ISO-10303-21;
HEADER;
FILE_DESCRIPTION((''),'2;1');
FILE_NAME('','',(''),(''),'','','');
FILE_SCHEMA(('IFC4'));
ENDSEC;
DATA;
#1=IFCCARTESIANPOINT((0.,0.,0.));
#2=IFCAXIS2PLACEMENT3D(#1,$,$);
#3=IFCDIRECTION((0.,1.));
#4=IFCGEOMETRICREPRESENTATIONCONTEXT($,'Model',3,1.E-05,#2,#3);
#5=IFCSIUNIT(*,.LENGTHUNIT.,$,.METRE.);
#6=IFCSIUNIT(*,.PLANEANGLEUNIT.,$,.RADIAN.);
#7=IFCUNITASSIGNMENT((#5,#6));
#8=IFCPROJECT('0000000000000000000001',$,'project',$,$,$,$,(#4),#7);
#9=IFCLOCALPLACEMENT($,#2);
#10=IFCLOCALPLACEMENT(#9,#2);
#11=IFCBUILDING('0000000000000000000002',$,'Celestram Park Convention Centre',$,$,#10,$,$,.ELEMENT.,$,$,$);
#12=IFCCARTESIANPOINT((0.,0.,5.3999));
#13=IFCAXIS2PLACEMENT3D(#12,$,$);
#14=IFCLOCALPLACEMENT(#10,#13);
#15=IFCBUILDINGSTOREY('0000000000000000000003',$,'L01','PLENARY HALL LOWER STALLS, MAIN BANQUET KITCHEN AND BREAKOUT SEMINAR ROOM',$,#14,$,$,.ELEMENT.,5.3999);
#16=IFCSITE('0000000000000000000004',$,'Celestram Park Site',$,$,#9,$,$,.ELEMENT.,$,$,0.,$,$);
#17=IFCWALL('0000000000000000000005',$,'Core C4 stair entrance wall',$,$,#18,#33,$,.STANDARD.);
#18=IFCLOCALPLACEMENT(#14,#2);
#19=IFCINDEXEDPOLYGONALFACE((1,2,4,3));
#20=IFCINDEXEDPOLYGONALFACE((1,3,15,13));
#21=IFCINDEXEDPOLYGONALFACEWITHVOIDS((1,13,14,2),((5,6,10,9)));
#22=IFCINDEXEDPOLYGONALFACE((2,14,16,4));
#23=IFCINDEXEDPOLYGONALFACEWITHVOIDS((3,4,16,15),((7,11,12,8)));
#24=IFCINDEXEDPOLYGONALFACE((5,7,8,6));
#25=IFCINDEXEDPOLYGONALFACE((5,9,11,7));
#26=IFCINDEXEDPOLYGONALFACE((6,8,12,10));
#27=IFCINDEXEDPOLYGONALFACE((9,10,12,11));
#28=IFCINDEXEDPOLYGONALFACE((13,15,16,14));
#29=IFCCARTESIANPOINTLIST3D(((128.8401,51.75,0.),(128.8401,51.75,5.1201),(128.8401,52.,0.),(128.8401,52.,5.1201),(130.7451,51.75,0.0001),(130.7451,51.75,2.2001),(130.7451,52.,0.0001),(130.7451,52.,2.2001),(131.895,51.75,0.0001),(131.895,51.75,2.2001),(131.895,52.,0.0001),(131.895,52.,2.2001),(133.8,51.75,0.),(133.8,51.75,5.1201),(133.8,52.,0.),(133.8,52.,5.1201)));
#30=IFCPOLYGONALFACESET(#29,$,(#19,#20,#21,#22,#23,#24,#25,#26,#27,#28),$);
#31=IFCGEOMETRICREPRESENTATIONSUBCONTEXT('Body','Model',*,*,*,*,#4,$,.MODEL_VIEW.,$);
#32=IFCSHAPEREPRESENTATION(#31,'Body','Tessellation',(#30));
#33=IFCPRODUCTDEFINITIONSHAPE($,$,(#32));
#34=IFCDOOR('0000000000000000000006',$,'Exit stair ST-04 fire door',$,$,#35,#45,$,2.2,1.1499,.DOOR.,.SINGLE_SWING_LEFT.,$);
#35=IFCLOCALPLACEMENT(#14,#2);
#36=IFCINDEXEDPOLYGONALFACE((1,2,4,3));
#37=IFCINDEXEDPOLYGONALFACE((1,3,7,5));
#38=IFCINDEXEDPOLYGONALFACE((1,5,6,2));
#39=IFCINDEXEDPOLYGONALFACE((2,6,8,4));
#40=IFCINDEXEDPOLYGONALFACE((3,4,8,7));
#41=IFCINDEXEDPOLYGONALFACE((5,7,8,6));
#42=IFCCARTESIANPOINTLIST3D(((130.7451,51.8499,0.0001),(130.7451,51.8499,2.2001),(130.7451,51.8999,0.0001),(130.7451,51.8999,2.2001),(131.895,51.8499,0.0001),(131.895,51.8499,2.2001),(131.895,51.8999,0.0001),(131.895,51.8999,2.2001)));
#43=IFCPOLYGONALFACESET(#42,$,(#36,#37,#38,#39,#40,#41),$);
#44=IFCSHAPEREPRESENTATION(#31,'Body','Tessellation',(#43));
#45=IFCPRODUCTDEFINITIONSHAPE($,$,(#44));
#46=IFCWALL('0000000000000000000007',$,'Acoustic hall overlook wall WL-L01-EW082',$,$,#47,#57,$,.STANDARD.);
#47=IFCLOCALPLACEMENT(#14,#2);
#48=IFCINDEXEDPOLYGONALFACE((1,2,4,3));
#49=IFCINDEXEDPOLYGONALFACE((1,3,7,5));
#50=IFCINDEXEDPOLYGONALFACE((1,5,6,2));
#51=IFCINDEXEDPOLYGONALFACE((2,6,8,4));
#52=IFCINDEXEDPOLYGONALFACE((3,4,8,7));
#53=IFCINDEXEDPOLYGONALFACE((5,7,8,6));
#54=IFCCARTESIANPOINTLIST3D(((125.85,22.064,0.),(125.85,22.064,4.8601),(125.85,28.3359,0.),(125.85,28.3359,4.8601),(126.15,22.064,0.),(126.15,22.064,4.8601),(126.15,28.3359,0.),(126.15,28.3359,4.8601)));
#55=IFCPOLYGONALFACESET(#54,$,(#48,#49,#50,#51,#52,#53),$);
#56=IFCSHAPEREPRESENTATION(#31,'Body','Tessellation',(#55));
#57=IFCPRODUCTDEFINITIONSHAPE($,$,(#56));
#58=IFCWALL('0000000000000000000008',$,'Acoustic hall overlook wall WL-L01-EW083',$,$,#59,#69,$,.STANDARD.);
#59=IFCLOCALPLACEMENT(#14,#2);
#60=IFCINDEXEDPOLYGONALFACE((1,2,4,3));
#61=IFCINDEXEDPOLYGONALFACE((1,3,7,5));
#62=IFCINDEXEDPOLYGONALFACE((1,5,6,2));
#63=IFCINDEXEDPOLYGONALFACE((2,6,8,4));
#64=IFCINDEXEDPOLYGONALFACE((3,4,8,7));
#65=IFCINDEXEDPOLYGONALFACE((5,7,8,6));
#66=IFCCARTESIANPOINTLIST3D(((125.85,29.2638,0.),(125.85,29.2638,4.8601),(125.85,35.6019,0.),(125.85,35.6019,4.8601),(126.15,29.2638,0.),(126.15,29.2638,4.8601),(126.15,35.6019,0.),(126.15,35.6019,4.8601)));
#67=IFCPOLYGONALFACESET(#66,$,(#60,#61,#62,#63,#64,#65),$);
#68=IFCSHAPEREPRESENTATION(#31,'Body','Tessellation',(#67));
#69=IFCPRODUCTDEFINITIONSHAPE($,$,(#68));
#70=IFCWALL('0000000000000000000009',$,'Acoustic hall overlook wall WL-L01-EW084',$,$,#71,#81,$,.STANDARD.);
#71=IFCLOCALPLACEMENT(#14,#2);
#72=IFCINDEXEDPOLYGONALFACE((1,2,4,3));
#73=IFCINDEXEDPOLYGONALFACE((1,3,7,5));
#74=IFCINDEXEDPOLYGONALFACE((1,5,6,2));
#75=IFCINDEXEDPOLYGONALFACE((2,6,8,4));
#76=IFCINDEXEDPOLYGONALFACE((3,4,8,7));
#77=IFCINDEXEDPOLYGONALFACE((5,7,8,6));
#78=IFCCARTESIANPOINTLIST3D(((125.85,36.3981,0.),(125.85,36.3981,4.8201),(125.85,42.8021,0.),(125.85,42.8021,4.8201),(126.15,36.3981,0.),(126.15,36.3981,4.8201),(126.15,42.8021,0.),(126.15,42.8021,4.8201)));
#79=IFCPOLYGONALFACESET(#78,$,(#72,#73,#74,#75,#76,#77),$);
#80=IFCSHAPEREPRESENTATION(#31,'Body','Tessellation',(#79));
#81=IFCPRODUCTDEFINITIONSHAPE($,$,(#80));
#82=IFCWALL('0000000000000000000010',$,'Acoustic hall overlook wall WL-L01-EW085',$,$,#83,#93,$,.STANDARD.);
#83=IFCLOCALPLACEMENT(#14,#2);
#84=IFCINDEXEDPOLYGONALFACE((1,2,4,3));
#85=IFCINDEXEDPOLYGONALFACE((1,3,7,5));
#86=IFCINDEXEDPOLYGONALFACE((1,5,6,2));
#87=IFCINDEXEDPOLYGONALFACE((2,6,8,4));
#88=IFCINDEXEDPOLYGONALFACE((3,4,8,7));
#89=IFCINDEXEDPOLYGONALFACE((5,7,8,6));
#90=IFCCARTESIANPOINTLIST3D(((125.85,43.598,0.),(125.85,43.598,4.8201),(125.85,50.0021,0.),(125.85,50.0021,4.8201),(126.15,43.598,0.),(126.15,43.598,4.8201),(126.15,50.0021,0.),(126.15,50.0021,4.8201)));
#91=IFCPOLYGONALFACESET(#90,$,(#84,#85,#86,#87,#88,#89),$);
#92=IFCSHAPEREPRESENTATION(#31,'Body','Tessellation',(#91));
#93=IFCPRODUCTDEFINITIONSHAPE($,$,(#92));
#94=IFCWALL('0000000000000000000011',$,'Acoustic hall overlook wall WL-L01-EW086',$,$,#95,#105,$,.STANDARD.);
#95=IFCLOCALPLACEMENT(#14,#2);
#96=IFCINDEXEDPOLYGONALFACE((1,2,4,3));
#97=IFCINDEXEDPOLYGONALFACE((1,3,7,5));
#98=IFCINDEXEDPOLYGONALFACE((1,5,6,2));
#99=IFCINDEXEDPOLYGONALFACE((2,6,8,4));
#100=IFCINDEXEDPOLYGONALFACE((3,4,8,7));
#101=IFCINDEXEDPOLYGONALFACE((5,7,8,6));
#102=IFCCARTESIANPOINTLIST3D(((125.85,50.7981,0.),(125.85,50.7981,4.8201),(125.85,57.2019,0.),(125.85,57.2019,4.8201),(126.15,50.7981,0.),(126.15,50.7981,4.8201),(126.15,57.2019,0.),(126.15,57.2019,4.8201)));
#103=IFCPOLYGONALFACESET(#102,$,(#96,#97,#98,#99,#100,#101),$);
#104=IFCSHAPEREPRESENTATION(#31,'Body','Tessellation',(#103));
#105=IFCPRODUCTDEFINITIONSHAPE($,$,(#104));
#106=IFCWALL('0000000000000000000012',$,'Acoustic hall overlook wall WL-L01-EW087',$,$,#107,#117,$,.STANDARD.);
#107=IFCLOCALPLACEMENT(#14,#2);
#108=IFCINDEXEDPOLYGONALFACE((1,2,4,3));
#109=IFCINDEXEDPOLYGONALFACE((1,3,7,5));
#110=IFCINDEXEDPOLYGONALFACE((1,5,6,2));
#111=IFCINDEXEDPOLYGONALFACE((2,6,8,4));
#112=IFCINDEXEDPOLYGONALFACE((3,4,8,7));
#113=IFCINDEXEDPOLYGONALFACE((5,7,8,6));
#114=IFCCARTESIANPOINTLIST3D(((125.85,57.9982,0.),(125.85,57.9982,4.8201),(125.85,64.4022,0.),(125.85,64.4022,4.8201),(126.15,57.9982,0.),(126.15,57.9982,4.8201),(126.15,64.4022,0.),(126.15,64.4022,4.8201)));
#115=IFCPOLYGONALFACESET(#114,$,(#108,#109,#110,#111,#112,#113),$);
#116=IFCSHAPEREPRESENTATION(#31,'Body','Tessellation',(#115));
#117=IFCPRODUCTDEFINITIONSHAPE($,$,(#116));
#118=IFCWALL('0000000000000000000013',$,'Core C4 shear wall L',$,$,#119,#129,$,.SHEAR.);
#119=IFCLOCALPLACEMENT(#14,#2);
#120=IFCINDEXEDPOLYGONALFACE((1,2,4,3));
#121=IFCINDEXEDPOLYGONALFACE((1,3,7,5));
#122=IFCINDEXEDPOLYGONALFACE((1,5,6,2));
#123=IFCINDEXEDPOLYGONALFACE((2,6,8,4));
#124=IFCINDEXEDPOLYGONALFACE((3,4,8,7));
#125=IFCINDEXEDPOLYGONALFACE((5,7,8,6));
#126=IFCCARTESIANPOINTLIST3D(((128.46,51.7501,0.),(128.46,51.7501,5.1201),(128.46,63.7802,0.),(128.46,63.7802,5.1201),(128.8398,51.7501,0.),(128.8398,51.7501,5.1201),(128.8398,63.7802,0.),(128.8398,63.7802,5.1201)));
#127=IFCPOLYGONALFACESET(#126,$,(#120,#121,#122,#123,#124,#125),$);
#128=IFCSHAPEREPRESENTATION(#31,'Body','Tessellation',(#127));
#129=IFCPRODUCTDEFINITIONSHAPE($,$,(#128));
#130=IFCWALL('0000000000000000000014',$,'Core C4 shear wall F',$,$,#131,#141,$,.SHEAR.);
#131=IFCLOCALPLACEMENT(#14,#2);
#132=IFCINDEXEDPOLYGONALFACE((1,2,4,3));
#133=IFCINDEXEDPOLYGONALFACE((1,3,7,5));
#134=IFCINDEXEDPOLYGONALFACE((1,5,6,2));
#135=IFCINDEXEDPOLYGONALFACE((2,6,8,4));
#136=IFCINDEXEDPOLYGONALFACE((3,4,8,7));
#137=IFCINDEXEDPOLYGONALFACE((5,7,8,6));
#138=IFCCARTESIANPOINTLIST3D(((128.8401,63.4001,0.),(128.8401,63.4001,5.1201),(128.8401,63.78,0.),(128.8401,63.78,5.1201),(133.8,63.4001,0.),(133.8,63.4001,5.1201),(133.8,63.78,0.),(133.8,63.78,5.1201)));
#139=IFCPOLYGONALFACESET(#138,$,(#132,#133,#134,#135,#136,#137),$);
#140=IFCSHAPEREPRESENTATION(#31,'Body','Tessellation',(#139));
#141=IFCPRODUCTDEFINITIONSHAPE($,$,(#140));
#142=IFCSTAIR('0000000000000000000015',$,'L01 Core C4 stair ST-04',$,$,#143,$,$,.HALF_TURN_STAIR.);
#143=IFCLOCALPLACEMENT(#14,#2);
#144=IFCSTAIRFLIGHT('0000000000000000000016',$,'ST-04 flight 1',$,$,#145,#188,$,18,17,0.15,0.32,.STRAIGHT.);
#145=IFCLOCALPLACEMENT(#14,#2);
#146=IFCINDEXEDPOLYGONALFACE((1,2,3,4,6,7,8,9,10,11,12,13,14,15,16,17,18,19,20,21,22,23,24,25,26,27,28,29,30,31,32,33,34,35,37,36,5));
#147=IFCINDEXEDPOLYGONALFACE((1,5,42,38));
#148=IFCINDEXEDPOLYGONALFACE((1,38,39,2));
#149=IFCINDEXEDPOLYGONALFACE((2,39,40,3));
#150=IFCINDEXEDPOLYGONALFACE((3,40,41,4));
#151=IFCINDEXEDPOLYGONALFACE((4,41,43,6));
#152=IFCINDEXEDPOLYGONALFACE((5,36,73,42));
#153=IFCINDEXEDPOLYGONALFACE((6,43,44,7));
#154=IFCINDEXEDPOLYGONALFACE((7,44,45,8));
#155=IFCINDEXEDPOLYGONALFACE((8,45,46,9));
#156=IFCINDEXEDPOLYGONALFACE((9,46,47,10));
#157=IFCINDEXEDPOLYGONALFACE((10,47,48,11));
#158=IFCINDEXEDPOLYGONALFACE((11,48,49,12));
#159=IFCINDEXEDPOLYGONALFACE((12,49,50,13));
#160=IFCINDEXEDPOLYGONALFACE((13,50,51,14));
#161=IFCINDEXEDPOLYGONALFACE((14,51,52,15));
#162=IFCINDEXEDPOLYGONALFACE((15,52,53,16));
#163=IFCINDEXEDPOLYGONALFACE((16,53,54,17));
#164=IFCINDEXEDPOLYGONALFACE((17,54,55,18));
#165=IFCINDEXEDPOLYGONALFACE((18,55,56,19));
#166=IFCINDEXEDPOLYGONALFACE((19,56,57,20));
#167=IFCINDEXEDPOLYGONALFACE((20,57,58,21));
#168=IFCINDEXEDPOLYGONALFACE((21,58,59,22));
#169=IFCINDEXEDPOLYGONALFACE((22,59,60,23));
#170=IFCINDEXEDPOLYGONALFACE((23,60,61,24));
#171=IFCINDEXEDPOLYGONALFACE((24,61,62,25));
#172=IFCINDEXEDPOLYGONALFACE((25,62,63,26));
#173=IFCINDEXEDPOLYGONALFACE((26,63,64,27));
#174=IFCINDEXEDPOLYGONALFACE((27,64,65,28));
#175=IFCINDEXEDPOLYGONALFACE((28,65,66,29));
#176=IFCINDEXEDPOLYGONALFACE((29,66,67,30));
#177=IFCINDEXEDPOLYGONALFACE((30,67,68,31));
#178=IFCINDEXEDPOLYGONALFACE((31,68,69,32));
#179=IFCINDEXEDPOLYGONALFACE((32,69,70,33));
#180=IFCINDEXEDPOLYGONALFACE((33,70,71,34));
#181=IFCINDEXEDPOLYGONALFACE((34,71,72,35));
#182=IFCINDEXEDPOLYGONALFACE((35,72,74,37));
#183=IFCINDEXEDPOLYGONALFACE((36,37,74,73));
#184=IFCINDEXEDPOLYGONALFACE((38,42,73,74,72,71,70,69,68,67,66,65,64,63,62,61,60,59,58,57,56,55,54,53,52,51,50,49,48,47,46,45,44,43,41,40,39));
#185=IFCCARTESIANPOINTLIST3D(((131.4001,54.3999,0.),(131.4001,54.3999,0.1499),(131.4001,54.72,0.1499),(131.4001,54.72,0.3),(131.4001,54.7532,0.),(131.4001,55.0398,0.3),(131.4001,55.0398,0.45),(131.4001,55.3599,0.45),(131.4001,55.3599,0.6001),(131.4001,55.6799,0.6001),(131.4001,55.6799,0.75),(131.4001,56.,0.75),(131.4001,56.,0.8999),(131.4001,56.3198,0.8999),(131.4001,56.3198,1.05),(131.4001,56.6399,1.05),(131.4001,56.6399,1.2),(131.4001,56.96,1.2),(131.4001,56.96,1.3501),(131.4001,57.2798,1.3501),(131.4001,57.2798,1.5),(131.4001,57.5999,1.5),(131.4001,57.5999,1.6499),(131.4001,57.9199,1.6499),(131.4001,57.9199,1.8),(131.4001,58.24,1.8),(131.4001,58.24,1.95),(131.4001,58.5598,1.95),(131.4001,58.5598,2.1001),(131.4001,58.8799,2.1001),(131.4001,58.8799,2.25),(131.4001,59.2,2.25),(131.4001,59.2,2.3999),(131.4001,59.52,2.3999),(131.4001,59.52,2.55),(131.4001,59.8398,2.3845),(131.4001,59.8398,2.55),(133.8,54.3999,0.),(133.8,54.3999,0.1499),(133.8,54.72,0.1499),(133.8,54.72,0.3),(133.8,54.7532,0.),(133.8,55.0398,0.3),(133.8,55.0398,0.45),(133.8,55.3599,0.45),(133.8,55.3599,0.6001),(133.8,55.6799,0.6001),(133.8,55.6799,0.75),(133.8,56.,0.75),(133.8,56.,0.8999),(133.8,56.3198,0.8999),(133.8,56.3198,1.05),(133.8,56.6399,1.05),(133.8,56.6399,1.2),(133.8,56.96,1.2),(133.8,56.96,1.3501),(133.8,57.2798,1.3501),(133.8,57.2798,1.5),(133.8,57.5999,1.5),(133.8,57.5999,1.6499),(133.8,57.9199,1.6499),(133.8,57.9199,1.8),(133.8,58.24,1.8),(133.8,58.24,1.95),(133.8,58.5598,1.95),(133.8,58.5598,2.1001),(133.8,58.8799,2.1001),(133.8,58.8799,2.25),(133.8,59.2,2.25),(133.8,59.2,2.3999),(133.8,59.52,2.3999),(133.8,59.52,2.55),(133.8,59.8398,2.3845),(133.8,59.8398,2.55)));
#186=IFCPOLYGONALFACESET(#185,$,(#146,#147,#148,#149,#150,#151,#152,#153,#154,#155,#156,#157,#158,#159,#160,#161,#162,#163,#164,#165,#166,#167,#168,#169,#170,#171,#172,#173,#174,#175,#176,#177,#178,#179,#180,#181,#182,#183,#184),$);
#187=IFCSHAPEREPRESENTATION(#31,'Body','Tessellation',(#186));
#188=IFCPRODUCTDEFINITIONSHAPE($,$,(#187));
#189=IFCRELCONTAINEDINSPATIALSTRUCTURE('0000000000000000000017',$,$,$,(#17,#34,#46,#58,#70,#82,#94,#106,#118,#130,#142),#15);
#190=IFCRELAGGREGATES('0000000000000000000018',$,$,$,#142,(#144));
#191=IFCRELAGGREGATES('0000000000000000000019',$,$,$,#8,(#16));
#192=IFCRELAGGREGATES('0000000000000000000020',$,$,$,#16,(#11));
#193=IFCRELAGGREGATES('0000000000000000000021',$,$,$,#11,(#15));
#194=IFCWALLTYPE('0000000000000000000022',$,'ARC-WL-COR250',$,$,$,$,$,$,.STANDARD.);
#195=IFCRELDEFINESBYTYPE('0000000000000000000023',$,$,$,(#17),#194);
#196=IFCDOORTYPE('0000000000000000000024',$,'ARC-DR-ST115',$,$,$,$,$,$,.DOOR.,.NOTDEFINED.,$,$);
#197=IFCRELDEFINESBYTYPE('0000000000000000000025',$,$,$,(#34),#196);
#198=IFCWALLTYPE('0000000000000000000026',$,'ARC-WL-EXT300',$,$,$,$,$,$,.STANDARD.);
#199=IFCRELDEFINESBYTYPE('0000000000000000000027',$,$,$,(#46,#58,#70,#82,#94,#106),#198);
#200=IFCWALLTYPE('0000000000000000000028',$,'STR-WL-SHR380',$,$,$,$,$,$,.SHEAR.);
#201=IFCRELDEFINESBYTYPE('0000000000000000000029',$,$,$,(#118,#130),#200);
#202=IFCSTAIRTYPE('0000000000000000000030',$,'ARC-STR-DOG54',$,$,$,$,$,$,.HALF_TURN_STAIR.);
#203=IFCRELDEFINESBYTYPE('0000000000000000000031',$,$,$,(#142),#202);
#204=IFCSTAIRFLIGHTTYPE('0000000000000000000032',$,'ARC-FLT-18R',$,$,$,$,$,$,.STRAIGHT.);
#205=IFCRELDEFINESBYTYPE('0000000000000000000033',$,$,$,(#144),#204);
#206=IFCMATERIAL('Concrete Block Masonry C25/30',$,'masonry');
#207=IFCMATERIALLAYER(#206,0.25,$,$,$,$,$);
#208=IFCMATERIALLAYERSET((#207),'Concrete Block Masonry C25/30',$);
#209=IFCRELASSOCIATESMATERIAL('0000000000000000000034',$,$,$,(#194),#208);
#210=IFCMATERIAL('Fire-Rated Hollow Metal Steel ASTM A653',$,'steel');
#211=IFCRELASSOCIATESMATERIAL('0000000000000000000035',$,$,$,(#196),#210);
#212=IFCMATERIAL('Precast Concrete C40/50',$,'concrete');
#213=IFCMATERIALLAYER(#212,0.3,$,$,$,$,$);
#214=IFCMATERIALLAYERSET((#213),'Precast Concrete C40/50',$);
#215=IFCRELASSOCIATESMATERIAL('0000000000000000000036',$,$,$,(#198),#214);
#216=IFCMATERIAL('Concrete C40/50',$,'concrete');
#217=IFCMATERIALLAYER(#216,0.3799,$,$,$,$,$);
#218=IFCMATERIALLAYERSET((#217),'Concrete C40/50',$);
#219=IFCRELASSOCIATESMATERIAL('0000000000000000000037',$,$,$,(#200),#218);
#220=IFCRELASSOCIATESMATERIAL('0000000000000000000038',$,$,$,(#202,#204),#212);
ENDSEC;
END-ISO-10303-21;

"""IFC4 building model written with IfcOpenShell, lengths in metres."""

from ifc_helpers import new_model, si_unit, direction, frame, frame_2d, origin, place, context, subcontext, project, spatial, polyline, rectangle, outline, extrude, material, layer, layer_set, type_object, element, fill, aggregate, save


model = new_model("IFC4")

# Units and contexts
model_context = context("Model", 3, precision=1e-05, world=origin(), true_north=direction((0.0, 1.0)))
body_context = subcontext(model_context, "Body", "Model", "MODEL_VIEW")
ifc_project = project(units=[si_unit("LENGTHUNIT", "METRE"), si_unit("PLANEANGLEUNIT", "RADIAN")], contexts=[model_context])

# Site, building, storey
site_placement = place(None, origin())
site = spatial("IfcSite", under=ifc_project, at=site_placement, Name="Celestram Park Site", CompositionType="ELEMENT", RefElevation=0.0)
building_placement = place(site_placement, origin())
building = spatial("IfcBuilding", under=site, at=building_placement, Name="Celestram Park Convention Centre", CompositionType="ELEMENT")
storey_placement = place(building_placement, frame((0.0, 0.0, 5.3999)))
storey = spatial("IfcBuildingStorey", under=building, at=storey_placement, Name="L01", Description="PLENARY HALL LOWER STALLS, MAIN BANQUET KITCHEN AND BREAKOUT SEMINAR ROOM", CompositionType="ELEMENT", Elevation=5.3999)

# Shared definitions
ifc_material_1 = material(Name="Concrete C40/50", Category="concrete")

# Wall, opening, door
ifc_material_2 = material(Name="Concrete Block Masonry C25/30", Category="masonry")
ifc_layer_1 = layer(ifc_material_2, 0.25)
ifc_layer_set_1 = layer_set([ifc_layer_1], Name="Concrete Block Masonry C25/30")
wall_type_1 = type_object("IfcWallType", Name="ARC-WL-COR250", PredefinedType="STANDARD", material=ifc_layer_set_1)
wall_1_placement = place(storey_placement, frame((128.8401, 51.875, 0.0), z_axis=(0.0, 0.0, 1.0), x_axis=(1.0, 0.0, 0.0)))
wall_1 = element("IfcWall", 1, at=wall_1_placement, inside=storey, type_object=wall_type_1, Name="Core C4 stair entrance wall", PredefinedType="STANDARD", context=body_context, shape_type="SweptSolid", body=[
    extrude(rectangle(XDim=4.96, YDim=0.25, at=frame_2d((2.48, 0.0))), origin(), (0.0, 0.0, 1.0), 5.1201),
])
opening_placement = place(wall_1_placement, frame((1.905, 0.0, 0.0)))
opening = element("IfcOpeningElement", 2, at=opening_placement, cuts=wall_1, PredefinedType="OPENING", context=body_context, shape_type="SweptSolid", body=[
    extrude(rectangle(XDim=1.1499, YDim=2.2, at=frame_2d((0.575, 1.1001))), frame((0.0, 0.135, 0.0), z_axis=(0.0, -1.0, 0.0), x_axis=(1.0, 0.0, 0.0)), (0.0, 0.0, 1.0), 0.27),
])
ifc_material_3 = material(Name="Fire-Rated Hollow Metal Steel ASTM A653", Category="steel")
door_type = type_object("IfcDoorType", Name="ARC-DR-ST115", OperationType="NOTDEFINED", PredefinedType="DOOR", material=ifc_material_3)
door_placement = place(opening_placement, origin())
door = element("IfcDoor", 3, at=door_placement, inside=storey, type_object=door_type, Name="Exit stair ST-04 fire door", OperationType="SINGLE_SWING_LEFT", OverallHeight=2.2, OverallWidth=1.1499, PredefinedType="DOOR", context=body_context, shape_type="SweptSolid", body=[
    extrude(rectangle(XDim=1.1499, YDim=2.2, at=frame_2d((0.575, 1.1001))), frame((0.0, 0.0249, 0.0), z_axis=(0.0, -1.0, 0.0), x_axis=(1.0, 0.0, 0.0)), (0.0, 0.0, 1.0), 0.05),
])
fill(opening, door)

# Walls
ifc_material_4 = material(Name="Precast Concrete C40/50", Category="concrete")
ifc_layer_2 = layer(ifc_material_4, 0.3)
ifc_layer_set_2 = layer_set([ifc_layer_2], Name="Precast Concrete C40/50")
wall_type_2 = type_object("IfcWallType", Name="ARC-WL-EXT300", PredefinedType="STANDARD", material=ifc_layer_set_2)
wall_2_placement = place(storey_placement, frame((126.0, 22.064, 0.0), z_axis=(0.0, 0.0, 1.0), x_axis=(0.0, 1.0, 0.0)))
element("IfcWall", 4, at=wall_2_placement, inside=storey, type_object=wall_type_2, Name="Acoustic hall overlook wall WL-L01-EW082", PredefinedType="STANDARD", context=body_context, shape_type="SweptSolid", body=[
    extrude(rectangle(XDim=6.272, YDim=0.3, at=frame_2d((3.136, 0.0))), origin(), (0.0, 0.0, 1.0), 4.8601),
])
wall_3_placement = place(storey_placement, frame((126.0, 29.2639, 0.0), z_axis=(0.0, 0.0, 1.0), x_axis=(0.0, 1.0, 0.0)))
element("IfcWall", 5, at=wall_3_placement, inside=storey, type_object=wall_type_2, Name="Acoustic hall overlook wall WL-L01-EW083", PredefinedType="STANDARD", context=body_context, shape_type="SweptSolid", body=[
    extrude(rectangle(XDim=6.3381, YDim=0.3, at=frame_2d((3.1689, 0.0))), origin(), (0.0, 0.0, 1.0), 4.8601),
])
for number, where, z_axis, x_axis, name in (
    (6, (126.0, 36.3979, 0.0), (0.0, 0.0, 1.0), (0.0, 1.0, 0.0), "Acoustic hall overlook wall WL-L01-EW084"),
    (7, (126.0, 43.5979, 0.0), (0.0, 0.0, 1.0), (0.0, 1.0, 0.0), "Acoustic hall overlook wall WL-L01-EW085"),
):
    element("IfcWall", number, at=place(storey_placement, frame(where, z_axis=z_axis, x_axis=x_axis)), inside=storey, type_object=wall_type_2, Name=name, PredefinedType="STANDARD", context=body_context, shape_type="SweptSolid", body=[
        extrude(rectangle(XDim=6.4041, YDim=0.3, at=frame_2d((3.2021, 0.0))), origin(), (0.0, 0.0, 1.0), 4.8201),
    ])
wall_4_placement = place(storey_placement, frame((126.0, 50.7981, 0.0), z_axis=(0.0, 0.0, 1.0), x_axis=(0.0, 1.0, 0.0)))
element("IfcWall", 8, at=wall_4_placement, inside=storey, type_object=wall_type_2, Name="Acoustic hall overlook wall WL-L01-EW086", PredefinedType="STANDARD", context=body_context, shape_type="SweptSolid", body=[
    extrude(rectangle(XDim=6.4038, YDim=0.3, at=frame_2d((3.2019, 0.0))), origin(), (0.0, 0.0, 1.0), 4.8201),
])
wall_5_placement = place(storey_placement, frame((126.0, 57.998, 0.0), z_axis=(0.0, 0.0, 1.0), x_axis=(0.0, 1.0, 0.0)))
element("IfcWall", 9, at=wall_5_placement, inside=storey, type_object=wall_type_2, Name="Acoustic hall overlook wall WL-L01-EW087", PredefinedType="STANDARD", context=body_context, shape_type="SweptSolid", body=[
    extrude(rectangle(XDim=6.4041, YDim=0.3, at=frame_2d((3.2021, 0.0))), origin(), (0.0, 0.0, 1.0), 4.8201),
])
ifc_layer_3 = layer(ifc_material_1, 0.3799)
ifc_layer_set_3 = layer_set([ifc_layer_3], Name="Concrete C40/50")
wall_type_3 = type_object("IfcWallType", Name="STR-WL-SHR380", PredefinedType="SHEAR", material=ifc_layer_set_3)
wall_6_placement = place(storey_placement, frame((128.6499, 51.75, 0.0), z_axis=(0.0, 0.0, 1.0), x_axis=(0.0, 1.0, 0.0)))
element("IfcWall", 10, at=wall_6_placement, inside=storey, type_object=wall_type_3, Name="Core C4 shear wall L", PredefinedType="SHEAR", context=body_context, shape_type="SweptSolid", body=[
    extrude(rectangle(XDim=12.03, YDim=0.3799, at=frame_2d((6.0151, 0.0))), origin(), (0.0, 0.0, 1.0), 5.1201),
])
wall_7_placement = place(storey_placement, frame((128.8401, 63.5901, 0.0), z_axis=(0.0, 0.0, 1.0), x_axis=(1.0, 0.0, 0.0)))
element("IfcWall", 11, at=wall_7_placement, inside=storey, type_object=wall_type_3, Name="Core C4 shear wall F", PredefinedType="SHEAR", context=body_context, shape_type="SweptSolid", body=[
    extrude(rectangle(XDim=4.96, YDim=0.3799, at=frame_2d((2.48, 0.0))), origin(), (0.0, 0.0, 1.0), 5.1201),
])

# Stair, stair flight
stair_type = type_object("IfcStairType", Name="ARC-STR-DOG54", PredefinedType="HALF_TURN_STAIR", material=ifc_material_4)
stair_placement = place(storey_placement, origin())
stair = element("IfcStair", 12, at=stair_placement, inside=storey, type_object=stair_type, Name="L01 Core C4 stair ST-04", PredefinedType="HALF_TURN_STAIR")
stair_flight_type = type_object("IfcStairFlightType", Name="ARC-FLT-18R", PredefinedType="STRAIGHT", material=ifc_material_4)
stair_flight_1_placement = place(storey_placement, frame((132.6001, 54.3999, 0.0), z_axis=(0.0, 0.0, 1.0), x_axis=(0.0, 1.0, 0.0)))
stair_flight_1 = element("IfcStairFlight", 13, at=stair_flight_1_placement, type_object=stair_flight_type, Name="ST-04 flight 1", NumberOfRisers=18, NumberOfTreads=17, PredefinedType="STRAIGHT", RiserHeight=0.15, TreadLength=0.32, context=body_context, shape_type="SweptSolid", body=[
    extrude(outline(polyline([(0.0, 0.0), (0.0, 0.1499), (0.3201, 0.1499), (0.3201, 0.3), (0.6399, 0.3), (0.6399, 0.45), (0.96, 0.45), (0.96, 0.6001), (1.28, 0.6001), (1.28, 0.75), (1.6001, 0.75), (1.6001, 0.8999), (1.9199, 0.8999), (1.9199, 1.05), (2.24, 1.05), (2.24, 1.2), (2.5601, 1.2), (2.5601, 1.3501), (2.8799, 1.3501), (2.8799, 1.5), (3.2, 1.5), (3.2, 1.6499), (3.52, 1.6499), (3.52, 1.8), (3.8401, 1.8), (3.8401, 1.95), (4.1599, 1.95), (4.1599, 2.1001), (4.48, 2.1001), (4.48, 2.25), (4.8, 2.25), (4.8, 2.3999), (5.1201, 2.3999), (5.1201, 2.55), (5.4399, 2.55), (5.4399, 2.7), (5.4399, 2.3845), (0.3533, 0.0), (0.0, 0.0)])), frame((0.0, 1.2, 0.0), z_axis=(0.0, -1.0, 0.0), x_axis=(1.0, 0.0, 0.0)), (0.0, 0.0, 1.0), 2.3999),
])
aggregate(stair, [stair_flight_1])

save(model, "model.ifc")
